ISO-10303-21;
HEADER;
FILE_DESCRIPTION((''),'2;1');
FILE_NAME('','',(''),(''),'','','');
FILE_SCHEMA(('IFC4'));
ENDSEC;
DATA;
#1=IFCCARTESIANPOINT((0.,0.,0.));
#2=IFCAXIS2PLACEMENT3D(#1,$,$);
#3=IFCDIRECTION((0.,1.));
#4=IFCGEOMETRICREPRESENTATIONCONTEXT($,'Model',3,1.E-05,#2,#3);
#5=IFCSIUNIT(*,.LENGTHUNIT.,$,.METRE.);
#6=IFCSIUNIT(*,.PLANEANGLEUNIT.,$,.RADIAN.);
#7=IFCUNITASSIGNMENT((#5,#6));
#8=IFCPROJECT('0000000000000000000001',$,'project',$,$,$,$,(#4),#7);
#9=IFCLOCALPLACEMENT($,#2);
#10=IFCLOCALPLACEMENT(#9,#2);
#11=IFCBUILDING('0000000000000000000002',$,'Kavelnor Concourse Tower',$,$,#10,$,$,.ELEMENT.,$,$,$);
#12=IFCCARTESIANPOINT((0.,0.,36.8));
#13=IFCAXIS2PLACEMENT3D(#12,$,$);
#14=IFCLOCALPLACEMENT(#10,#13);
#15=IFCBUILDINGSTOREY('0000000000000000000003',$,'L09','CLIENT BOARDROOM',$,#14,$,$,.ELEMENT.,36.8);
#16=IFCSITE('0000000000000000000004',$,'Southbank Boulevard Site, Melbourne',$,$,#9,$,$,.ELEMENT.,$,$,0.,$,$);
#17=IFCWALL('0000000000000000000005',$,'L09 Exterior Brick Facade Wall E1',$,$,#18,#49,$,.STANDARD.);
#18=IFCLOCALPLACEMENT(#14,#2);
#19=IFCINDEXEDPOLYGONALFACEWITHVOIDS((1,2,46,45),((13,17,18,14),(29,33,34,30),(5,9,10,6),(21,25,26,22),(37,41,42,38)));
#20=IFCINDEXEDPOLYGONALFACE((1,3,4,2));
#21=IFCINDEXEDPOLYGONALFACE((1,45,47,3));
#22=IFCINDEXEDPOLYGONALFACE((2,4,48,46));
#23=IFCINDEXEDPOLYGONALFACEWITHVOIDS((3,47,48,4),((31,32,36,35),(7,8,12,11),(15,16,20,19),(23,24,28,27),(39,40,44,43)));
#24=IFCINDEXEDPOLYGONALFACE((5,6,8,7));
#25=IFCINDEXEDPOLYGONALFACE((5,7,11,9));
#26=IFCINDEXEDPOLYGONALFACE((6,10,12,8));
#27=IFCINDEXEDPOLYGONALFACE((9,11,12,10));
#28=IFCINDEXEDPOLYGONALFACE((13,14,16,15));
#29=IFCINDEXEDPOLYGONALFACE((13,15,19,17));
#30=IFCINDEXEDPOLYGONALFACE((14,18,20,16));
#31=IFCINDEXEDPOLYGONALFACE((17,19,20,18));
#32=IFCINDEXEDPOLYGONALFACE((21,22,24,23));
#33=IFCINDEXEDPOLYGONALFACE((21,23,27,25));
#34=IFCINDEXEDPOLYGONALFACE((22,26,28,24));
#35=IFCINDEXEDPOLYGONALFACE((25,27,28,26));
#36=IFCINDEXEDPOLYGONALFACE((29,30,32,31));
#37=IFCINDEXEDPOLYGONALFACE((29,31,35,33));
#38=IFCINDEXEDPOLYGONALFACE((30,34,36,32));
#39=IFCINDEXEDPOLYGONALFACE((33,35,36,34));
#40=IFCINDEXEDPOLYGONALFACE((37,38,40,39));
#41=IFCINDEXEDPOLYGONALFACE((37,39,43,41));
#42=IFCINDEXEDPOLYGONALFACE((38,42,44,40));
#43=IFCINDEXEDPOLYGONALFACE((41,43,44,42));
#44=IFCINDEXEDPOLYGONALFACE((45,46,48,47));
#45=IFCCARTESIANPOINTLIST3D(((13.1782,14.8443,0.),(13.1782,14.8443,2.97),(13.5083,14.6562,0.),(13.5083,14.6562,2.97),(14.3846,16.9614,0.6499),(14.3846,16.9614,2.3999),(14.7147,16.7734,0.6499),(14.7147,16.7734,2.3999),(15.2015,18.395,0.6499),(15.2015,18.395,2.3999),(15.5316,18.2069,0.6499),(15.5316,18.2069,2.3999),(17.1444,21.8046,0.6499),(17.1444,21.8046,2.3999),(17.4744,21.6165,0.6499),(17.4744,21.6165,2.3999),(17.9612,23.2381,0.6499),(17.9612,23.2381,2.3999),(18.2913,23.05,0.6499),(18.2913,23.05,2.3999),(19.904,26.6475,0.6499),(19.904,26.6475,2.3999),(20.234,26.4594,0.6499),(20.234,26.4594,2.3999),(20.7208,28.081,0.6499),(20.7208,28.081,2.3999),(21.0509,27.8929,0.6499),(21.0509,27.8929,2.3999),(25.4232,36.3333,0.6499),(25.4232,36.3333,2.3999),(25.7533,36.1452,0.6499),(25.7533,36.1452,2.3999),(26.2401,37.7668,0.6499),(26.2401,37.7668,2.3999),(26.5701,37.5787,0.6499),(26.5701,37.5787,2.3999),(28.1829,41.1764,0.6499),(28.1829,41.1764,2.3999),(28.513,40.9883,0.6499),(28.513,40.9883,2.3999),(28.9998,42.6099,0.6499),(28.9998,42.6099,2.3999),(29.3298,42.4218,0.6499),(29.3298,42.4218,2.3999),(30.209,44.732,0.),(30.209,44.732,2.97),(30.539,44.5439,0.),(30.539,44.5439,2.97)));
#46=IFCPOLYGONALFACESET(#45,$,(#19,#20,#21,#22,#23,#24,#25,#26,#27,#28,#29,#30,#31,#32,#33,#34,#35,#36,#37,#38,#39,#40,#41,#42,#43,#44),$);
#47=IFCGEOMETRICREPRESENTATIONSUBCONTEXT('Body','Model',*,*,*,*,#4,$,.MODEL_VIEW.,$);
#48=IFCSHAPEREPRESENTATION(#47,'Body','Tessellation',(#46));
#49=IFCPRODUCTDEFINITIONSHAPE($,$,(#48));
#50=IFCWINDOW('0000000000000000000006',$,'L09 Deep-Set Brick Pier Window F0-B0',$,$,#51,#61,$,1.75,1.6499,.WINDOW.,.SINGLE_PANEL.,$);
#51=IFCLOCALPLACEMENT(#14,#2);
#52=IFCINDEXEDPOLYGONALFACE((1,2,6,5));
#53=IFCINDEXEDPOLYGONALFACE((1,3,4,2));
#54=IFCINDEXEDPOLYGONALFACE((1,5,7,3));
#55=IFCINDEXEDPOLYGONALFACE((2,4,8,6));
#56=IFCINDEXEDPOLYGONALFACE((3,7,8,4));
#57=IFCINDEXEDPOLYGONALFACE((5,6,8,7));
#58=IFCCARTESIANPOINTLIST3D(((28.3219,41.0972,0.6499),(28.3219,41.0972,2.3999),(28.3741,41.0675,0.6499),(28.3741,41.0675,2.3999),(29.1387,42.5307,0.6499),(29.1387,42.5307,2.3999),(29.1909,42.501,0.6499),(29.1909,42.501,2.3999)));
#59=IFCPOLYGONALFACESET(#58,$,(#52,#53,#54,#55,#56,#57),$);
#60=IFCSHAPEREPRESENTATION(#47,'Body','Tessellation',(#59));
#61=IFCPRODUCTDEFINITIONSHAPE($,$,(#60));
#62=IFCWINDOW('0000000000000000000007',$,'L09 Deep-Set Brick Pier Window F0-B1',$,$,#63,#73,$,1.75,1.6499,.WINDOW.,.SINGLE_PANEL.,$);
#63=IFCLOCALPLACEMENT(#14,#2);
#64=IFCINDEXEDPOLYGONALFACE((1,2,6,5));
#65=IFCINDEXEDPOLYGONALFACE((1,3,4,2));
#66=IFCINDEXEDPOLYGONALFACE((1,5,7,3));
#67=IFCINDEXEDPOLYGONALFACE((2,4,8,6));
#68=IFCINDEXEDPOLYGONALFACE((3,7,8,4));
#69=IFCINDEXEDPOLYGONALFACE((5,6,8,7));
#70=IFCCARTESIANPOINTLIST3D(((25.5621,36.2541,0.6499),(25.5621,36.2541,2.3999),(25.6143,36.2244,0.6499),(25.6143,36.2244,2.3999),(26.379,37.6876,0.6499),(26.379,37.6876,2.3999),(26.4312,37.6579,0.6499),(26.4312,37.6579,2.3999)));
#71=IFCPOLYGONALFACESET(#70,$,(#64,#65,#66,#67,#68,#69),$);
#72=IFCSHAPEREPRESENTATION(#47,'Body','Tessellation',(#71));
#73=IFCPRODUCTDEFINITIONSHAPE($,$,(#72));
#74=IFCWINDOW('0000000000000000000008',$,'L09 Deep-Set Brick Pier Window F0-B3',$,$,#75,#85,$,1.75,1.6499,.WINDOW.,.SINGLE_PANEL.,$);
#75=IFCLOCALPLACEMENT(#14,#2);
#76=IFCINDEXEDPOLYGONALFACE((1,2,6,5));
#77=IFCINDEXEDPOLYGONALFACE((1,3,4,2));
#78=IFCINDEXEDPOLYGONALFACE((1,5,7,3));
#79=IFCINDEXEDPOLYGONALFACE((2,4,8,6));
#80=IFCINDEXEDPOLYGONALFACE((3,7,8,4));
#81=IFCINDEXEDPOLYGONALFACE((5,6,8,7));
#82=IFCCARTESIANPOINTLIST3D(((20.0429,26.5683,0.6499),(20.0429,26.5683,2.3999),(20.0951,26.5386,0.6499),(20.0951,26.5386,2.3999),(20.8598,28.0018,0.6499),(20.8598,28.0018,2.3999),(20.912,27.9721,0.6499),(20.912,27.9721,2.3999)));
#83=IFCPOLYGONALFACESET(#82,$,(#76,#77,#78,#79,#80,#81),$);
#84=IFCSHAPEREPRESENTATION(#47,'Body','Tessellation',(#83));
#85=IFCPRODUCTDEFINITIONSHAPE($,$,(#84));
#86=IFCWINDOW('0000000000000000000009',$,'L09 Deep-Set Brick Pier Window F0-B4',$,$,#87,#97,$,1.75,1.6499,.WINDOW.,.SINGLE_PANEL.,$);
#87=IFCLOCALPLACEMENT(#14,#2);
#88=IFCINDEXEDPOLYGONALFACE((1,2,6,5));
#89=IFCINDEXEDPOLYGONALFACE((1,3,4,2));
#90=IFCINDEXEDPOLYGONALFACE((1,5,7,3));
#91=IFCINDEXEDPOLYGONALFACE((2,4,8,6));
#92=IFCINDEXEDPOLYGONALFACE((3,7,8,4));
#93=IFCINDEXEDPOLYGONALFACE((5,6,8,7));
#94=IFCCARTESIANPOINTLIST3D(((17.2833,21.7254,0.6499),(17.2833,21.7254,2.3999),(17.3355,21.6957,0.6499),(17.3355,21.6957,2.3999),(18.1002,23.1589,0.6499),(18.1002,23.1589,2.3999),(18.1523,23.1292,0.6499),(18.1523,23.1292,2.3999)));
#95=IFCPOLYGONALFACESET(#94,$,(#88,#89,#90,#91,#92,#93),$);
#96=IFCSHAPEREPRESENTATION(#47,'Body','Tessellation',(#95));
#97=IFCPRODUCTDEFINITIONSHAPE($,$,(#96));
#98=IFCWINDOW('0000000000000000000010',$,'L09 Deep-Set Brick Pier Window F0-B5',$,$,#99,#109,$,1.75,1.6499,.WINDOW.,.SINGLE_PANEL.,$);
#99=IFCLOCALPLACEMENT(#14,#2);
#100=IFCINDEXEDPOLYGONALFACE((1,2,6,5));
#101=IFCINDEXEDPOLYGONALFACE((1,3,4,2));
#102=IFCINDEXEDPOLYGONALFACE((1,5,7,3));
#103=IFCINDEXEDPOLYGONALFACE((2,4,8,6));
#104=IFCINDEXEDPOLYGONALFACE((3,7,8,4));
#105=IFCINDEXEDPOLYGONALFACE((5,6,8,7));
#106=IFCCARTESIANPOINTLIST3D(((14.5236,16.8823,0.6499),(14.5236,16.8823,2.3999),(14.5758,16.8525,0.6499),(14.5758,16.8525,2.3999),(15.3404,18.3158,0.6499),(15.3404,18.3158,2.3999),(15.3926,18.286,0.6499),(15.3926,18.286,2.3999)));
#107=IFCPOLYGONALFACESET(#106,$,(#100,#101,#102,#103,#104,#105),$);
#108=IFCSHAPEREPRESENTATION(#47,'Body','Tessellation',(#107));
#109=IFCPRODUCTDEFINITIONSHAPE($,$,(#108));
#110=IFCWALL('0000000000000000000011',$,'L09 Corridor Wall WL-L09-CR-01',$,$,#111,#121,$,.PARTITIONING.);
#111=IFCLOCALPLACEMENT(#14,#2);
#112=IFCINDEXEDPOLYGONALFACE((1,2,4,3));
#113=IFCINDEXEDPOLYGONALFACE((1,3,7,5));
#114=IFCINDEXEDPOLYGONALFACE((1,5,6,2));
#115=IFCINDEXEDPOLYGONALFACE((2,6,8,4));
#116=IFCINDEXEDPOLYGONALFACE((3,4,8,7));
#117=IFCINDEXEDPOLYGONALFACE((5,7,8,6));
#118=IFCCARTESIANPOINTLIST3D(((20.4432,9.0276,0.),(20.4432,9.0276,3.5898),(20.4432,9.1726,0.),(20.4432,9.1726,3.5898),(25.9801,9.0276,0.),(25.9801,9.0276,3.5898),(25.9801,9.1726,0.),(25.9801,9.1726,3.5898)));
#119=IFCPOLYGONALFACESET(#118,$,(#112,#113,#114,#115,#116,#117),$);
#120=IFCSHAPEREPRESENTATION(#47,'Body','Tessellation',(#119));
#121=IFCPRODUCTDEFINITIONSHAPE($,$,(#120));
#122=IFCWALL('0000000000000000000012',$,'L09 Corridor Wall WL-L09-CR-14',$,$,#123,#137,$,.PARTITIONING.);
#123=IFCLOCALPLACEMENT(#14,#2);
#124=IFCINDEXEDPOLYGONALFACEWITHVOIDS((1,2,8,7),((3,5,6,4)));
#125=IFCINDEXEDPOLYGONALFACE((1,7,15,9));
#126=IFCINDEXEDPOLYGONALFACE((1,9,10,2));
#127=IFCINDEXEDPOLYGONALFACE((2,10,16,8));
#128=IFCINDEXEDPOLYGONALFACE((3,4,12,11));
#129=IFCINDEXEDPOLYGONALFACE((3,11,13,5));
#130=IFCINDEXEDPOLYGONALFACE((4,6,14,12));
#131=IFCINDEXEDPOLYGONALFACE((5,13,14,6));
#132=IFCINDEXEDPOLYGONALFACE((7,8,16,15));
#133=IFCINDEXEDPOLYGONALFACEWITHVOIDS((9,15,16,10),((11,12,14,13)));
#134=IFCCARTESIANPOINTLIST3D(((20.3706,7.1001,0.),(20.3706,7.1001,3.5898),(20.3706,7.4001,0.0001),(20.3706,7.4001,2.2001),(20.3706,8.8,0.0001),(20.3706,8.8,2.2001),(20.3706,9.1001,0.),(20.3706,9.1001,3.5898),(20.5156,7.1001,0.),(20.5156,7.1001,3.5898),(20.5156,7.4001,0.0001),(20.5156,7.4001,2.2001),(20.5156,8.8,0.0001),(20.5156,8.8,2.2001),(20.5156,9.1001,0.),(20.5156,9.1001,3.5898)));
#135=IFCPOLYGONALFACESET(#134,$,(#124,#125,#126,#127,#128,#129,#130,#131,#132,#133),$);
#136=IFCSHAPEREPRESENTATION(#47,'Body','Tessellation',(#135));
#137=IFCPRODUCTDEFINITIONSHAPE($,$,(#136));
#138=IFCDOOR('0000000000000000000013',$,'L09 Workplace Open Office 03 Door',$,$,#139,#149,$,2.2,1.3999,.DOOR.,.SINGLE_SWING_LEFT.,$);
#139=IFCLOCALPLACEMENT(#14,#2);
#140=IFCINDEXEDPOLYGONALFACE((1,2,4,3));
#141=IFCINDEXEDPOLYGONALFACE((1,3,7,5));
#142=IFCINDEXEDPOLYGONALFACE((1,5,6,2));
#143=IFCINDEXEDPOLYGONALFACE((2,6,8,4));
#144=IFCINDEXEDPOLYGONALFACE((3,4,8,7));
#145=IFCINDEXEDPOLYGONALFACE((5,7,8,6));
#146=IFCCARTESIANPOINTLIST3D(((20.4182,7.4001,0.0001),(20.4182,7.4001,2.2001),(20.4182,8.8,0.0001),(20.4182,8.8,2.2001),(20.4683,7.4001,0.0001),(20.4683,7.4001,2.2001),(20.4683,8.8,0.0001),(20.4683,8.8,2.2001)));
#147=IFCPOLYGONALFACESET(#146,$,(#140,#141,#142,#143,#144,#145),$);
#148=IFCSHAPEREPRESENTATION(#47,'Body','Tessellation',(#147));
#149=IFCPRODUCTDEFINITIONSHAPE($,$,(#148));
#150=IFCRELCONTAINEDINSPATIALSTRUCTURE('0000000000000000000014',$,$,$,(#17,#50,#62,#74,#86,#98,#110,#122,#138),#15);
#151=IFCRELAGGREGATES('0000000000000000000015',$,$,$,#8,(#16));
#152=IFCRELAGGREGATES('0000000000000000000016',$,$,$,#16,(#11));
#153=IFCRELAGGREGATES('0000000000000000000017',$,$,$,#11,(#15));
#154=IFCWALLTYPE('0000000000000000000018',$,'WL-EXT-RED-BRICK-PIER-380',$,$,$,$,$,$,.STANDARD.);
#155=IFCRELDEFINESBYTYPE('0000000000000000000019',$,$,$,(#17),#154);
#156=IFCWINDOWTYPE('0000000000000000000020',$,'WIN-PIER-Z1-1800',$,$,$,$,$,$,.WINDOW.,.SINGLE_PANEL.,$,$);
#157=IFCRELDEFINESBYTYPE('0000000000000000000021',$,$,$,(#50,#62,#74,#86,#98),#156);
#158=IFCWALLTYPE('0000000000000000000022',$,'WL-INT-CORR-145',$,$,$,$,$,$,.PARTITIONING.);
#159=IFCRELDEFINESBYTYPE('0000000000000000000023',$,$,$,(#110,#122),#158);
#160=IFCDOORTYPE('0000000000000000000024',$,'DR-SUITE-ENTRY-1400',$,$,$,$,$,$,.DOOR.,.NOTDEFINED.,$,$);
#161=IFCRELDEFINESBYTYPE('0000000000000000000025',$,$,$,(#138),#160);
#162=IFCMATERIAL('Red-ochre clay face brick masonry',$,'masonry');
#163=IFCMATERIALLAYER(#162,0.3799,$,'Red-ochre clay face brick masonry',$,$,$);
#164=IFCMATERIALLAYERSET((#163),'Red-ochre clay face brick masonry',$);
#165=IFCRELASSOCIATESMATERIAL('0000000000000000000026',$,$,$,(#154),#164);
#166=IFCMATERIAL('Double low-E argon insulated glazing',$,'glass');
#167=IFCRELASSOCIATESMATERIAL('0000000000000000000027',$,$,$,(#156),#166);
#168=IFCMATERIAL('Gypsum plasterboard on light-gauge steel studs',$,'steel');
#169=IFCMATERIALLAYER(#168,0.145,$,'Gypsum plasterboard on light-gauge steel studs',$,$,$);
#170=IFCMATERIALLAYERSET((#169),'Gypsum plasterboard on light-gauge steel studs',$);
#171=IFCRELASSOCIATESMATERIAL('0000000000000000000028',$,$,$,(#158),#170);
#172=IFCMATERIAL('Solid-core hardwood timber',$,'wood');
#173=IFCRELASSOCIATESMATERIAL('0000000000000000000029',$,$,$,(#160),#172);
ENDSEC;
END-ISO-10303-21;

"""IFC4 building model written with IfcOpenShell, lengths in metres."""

from ifc_helpers import new_model, si_unit, direction, frame, frame_2d, origin, place, context, subcontext, project, spatial, rectangle, extrude, material, layer, layer_set, type_object, element, fill, save


model = new_model("IFC4")

# Units and contexts
model_context = context("Model", 3, precision=1e-05, world=origin(), true_north=direction((0.0, 1.0)))
body_context = subcontext(model_context, "Body", "Model", "MODEL_VIEW")
ifc_project = project(units=[si_unit("LENGTHUNIT", "METRE"), si_unit("PLANEANGLEUNIT", "RADIAN")], contexts=[model_context])

# Site, building, storey
site_placement = place(None, origin())
site = spatial("IfcSite", under=ifc_project, at=site_placement, Name="Southbank Boulevard Site, Melbourne", CompositionType="ELEMENT", RefElevation=0.0)
building_placement = place(site_placement, origin())
building = spatial("IfcBuilding", under=site, at=building_placement, Name="Kavelnor Concourse Tower", CompositionType="ELEMENT")
storey_placement = place(building_placement, frame((0.0, 0.0, 36.8)))
storey = spatial("IfcBuildingStorey", under=building, at=storey_placement, Name="L09", Description="CLIENT BOARDROOM", CompositionType="ELEMENT", Elevation=36.8)

# Shared definitions
ifc_material_1 = material(Name="Double low-E argon insulated glazing", Category="glass")

# Wall, openings, windows
ifc_material_2 = material(Name="Red-ochre clay face brick masonry", Category="masonry")
ifc_layer_1 = layer(ifc_material_2, 0.3799, Name="Red-ochre clay face brick masonry")
ifc_layer_set_1 = layer_set([ifc_layer_1], Name="Red-ochre clay face brick masonry")
wall_type_1 = type_object("IfcWallType", Name="WL-EXT-RED-BRICK-PIER-380", PredefinedType="STANDARD", material=ifc_layer_set_1)
wall_1_placement = place(storey_placement, frame((13.3433, 14.7502, 0.0), z_axis=(0.0, 0.0, 1.0), x_axis=(0.495088, 0.868843, 0.0)))
wall_1 = element("IfcWall", 1, at=wall_1_placement, inside=storey, type_object=wall_type_1, Name="L09 Exterior Brick Facade Wall E1", PredefinedType="STANDARD", context=body_context, shape_type="SweptSolid", body=[
    extrude(rectangle(XDim=34.3994, YDim=0.3799, at=frame_2d((17.1997, 0.0))), origin(), (0.0, 0.0, 1.0), 2.97),
])
opening_1_placement = place(wall_1_placement, frame((30.3071, 0.0, 0.6499)))
opening_1 = element("IfcOpeningElement", 2, at=opening_1_placement, cuts=wall_1, PredefinedType="OPENING", context=body_context, shape_type="SweptSolid", body=[
    extrude(rectangle(XDim=1.6499, YDim=1.75, at=frame_2d((0.825, 0.875))), frame((0.0, 0.2, 0.0), z_axis=(0.0, -1.0, 0.0), x_axis=(1.0, 0.0, 0.0)), (0.0, 0.0, 1.0), 0.3999),
])
opening_2_placement = place(wall_1_placement, frame((24.7329, 0.0, 0.6499)))
opening_2 = element("IfcOpeningElement", 3, at=opening_2_placement, cuts=wall_1, PredefinedType="OPENING", context=body_context, shape_type="SweptSolid", body=[
    extrude(rectangle(XDim=1.6499, YDim=1.75, at=frame_2d((0.825, 0.875))), frame((0.0, 0.2, 0.0), z_axis=(0.0, -1.0, 0.0), x_axis=(1.0, 0.0, 0.0)), (0.0, 0.0, 1.0), 0.3999),
])
opening_3_placement = place(wall_1_placement, frame((13.585, 0.0, 0.6499)))
opening_3 = element("IfcOpeningElement", 4, at=opening_3_placement, cuts=wall_1, PredefinedType="OPENING", context=body_context, shape_type="SweptSolid", body=[
    extrude(rectangle(XDim=1.6499, YDim=1.75, at=frame_2d((0.825, 0.875))), frame((0.0, 0.2, 0.0), z_axis=(0.0, -1.0, 0.0), x_axis=(1.0, 0.0, 0.0)), (0.0, 0.0, 1.0), 0.3999),
])
opening_4_placement = place(wall_1_placement, frame((8.011, 0.0, 0.6499)))
opening_4 = element("IfcOpeningElement", 5, at=opening_4_placement, cuts=wall_1, PredefinedType="OPENING", context=body_context, shape_type="SweptSolid", body=[
    extrude(rectangle(XDim=1.6499, YDim=1.75, at=frame_2d((0.825, 0.875))), frame((0.0, 0.2, 0.0), z_axis=(0.0, -1.0, 0.0), x_axis=(1.0, 0.0, 0.0)), (0.0, 0.0, 1.0), 0.3999),
])
opening_5_placement = place(wall_1_placement, frame((2.4368, 0.0, 0.6499)))
opening_5 = element("IfcOpeningElement", 6, at=opening_5_placement, cuts=wall_1, PredefinedType="OPENING", context=body_context, shape_type="SweptSolid", body=[
    extrude(rectangle(XDim=1.6499, YDim=1.75, at=frame_2d((0.825, 0.875))), frame((0.0, 0.2, 0.0), z_axis=(0.0, -1.0, 0.0), x_axis=(1.0, 0.0, 0.0)), (0.0, 0.0, 1.0), 0.3999),
])
window_type = type_object("IfcWindowType", Name="WIN-PIER-Z1-1800", PartitioningType="SINGLE_PANEL", PredefinedType="WINDOW", material=ifc_material_1)
window_1_placement = place(opening_1_placement, origin())
window_1 = element("IfcWindow", 7, at=window_1_placement, inside=storey, type_object=window_type, Name="L09 Deep-Set Brick Pier Window F0-B0", OverallHeight=1.75, OverallWidth=1.6499, PartitioningType="SINGLE_PANEL", PredefinedType="WINDOW", context=body_context, shape_type="SweptSolid", body=[
    extrude(rectangle(XDim=1.6499, YDim=1.75, at=frame_2d((0.825, 0.875))), frame((0.0, 0.03, 0.0), z_axis=(0.0, -1.0, 0.0), x_axis=(1.0, 0.0, 0.0)), (0.0, 0.0, 1.0), 0.0601),
])
fill(opening_1, window_1)
window_2_placement = place(opening_2_placement, origin())
window_2 = element("IfcWindow", 8, at=window_2_placement, inside=storey, type_object=window_type, Name="L09 Deep-Set Brick Pier Window F0-B1", OverallHeight=1.75, OverallWidth=1.6499, PartitioningType="SINGLE_PANEL", PredefinedType="WINDOW", context=body_context, shape_type="SweptSolid", body=[
    extrude(rectangle(XDim=1.6499, YDim=1.75, at=frame_2d((0.825, 0.875))), frame((0.0, 0.03, 0.0), z_axis=(0.0, -1.0, 0.0), x_axis=(1.0, 0.0, 0.0)), (0.0, 0.0, 1.0), 0.0601),
])
fill(opening_2, window_2)
window_3_placement = place(opening_3_placement, origin())
window_3 = element("IfcWindow", 9, at=window_3_placement, inside=storey, type_object=window_type, Name="L09 Deep-Set Brick Pier Window F0-B3", OverallHeight=1.75, OverallWidth=1.6499, PartitioningType="SINGLE_PANEL", PredefinedType="WINDOW", context=body_context, shape_type="SweptSolid", body=[
    extrude(rectangle(XDim=1.6499, YDim=1.75, at=frame_2d((0.825, 0.875))), frame((0.0, 0.03, 0.0), z_axis=(0.0, -1.0, 0.0), x_axis=(1.0, 0.0, 0.0)), (0.0, 0.0, 1.0), 0.0601),
])
fill(opening_3, window_3)
window_4_placement = place(opening_4_placement, origin())
window_4 = element("IfcWindow", 10, at=window_4_placement, inside=storey, type_object=window_type, Name="L09 Deep-Set Brick Pier Window F0-B4", OverallHeight=1.75, OverallWidth=1.6499, PartitioningType="SINGLE_PANEL", PredefinedType="WINDOW", context=body_context, shape_type="SweptSolid", body=[
    extrude(rectangle(XDim=1.6499, YDim=1.75, at=frame_2d((0.825, 0.875))), frame((0.0, 0.03, 0.0), z_axis=(0.0, -1.0, 0.0), x_axis=(1.0, 0.0, 0.0)), (0.0, 0.0, 1.0), 0.0601),
])
fill(opening_4, window_4)
window_5_placement = place(opening_5_placement, origin())
window_5 = element("IfcWindow", 11, at=window_5_placement, inside=storey, type_object=window_type, Name="L09 Deep-Set Brick Pier Window F0-B5", OverallHeight=1.75, OverallWidth=1.6499, PartitioningType="SINGLE_PANEL", PredefinedType="WINDOW", context=body_context, shape_type="SweptSolid", body=[
    extrude(rectangle(XDim=1.6499, YDim=1.75, at=frame_2d((0.825, 0.875))), frame((0.0, 0.03, 0.0), z_axis=(0.0, -1.0, 0.0), x_axis=(1.0, 0.0, 0.0)), (0.0, 0.0, 1.0), 0.0601),
])
fill(opening_5, window_5)

# Wall
ifc_material_3 = material(Name="Gypsum plasterboard on light-gauge steel studs", Category="steel")
ifc_layer_2 = layer(ifc_material_3, 0.145, Name="Gypsum plasterboard on light-gauge steel studs")
ifc_layer_set_2 = layer_set([ifc_layer_2], Name="Gypsum plasterboard on light-gauge steel studs")
wall_type_2 = type_object("IfcWallType", Name="WL-INT-CORR-145", PredefinedType="PARTITIONING", material=ifc_layer_set_2)
wall_2_placement = place(storey_placement, frame((20.4431, 9.1001, 0.0), z_axis=(0.0, 0.0, 1.0), x_axis=(1.0, 0.0, 0.0)))
element("IfcWall", 12, at=wall_2_placement, inside=storey, type_object=wall_type_2, Name="L09 Corridor Wall WL-L09-CR-01", PredefinedType="PARTITIONING", context=body_context, shape_type="SweptSolid", body=[
    extrude(rectangle(XDim=5.5369, YDim=0.145, at=frame_2d((2.7686, 0.0))), origin(), (0.0, 0.0, 1.0), 3.5898),
])

# Wall, opening, door
wall_3_placement = place(storey_placement, frame((20.4431, 7.1001, 0.0), z_axis=(0.0, 0.0, 1.0), x_axis=(0.0, 1.0, 0.0)))
wall_3 = element("IfcWall", 13, at=wall_3_placement, inside=storey, type_object=wall_type_2, Name="L09 Corridor Wall WL-L09-CR-14", PredefinedType="PARTITIONING", context=body_context, shape_type="SweptSolid", body=[
    extrude(rectangle(XDim=2.0, YDim=0.145, at=frame_2d((1.0, 0.0))), origin(), (0.0, 0.0, 1.0), 3.5898),
])
opening_6_placement = place(wall_3_placement, frame((0.3, 0.0, 0.0)))
opening_6 = element("IfcOpeningElement", 14, at=opening_6_placement, cuts=wall_3, PredefinedType="OPENING", context=body_context, shape_type="SweptSolid", body=[
    extrude(rectangle(XDim=1.3999, YDim=2.2, at=frame_2d((0.7, 1.1001))), frame((0.0, 0.0825, 0.0), z_axis=(0.0, -1.0, 0.0), x_axis=(1.0, 0.0, 0.0)), (0.0, 0.0, 1.0), 0.165),
])
ifc_material_4 = material(Name="Solid-core hardwood timber", Category="wood")
door_type = type_object("IfcDoorType", Name="DR-SUITE-ENTRY-1400", OperationType="NOTDEFINED", PredefinedType="DOOR", material=ifc_material_4)
door_placement = place(opening_6_placement, origin())
door = element("IfcDoor", 15, at=door_placement, inside=storey, type_object=door_type, Name="L09 Workplace Open Office 03 Door", OperationType="SINGLE_SWING_LEFT", OverallHeight=2.2, OverallWidth=1.3999, PredefinedType="DOOR", context=body_context, shape_type="SweptSolid", body=[
    extrude(rectangle(XDim=1.3999, YDim=2.2, at=frame_2d((0.7, 1.1001))), frame((0.0, 0.0249, 0.0), z_axis=(0.0, -1.0, 0.0), x_axis=(1.0, 0.0, 0.0)), (0.0, 0.0, 1.0), 0.05),
])
fill(opening_6, door)

save(model, "model.ifc")
